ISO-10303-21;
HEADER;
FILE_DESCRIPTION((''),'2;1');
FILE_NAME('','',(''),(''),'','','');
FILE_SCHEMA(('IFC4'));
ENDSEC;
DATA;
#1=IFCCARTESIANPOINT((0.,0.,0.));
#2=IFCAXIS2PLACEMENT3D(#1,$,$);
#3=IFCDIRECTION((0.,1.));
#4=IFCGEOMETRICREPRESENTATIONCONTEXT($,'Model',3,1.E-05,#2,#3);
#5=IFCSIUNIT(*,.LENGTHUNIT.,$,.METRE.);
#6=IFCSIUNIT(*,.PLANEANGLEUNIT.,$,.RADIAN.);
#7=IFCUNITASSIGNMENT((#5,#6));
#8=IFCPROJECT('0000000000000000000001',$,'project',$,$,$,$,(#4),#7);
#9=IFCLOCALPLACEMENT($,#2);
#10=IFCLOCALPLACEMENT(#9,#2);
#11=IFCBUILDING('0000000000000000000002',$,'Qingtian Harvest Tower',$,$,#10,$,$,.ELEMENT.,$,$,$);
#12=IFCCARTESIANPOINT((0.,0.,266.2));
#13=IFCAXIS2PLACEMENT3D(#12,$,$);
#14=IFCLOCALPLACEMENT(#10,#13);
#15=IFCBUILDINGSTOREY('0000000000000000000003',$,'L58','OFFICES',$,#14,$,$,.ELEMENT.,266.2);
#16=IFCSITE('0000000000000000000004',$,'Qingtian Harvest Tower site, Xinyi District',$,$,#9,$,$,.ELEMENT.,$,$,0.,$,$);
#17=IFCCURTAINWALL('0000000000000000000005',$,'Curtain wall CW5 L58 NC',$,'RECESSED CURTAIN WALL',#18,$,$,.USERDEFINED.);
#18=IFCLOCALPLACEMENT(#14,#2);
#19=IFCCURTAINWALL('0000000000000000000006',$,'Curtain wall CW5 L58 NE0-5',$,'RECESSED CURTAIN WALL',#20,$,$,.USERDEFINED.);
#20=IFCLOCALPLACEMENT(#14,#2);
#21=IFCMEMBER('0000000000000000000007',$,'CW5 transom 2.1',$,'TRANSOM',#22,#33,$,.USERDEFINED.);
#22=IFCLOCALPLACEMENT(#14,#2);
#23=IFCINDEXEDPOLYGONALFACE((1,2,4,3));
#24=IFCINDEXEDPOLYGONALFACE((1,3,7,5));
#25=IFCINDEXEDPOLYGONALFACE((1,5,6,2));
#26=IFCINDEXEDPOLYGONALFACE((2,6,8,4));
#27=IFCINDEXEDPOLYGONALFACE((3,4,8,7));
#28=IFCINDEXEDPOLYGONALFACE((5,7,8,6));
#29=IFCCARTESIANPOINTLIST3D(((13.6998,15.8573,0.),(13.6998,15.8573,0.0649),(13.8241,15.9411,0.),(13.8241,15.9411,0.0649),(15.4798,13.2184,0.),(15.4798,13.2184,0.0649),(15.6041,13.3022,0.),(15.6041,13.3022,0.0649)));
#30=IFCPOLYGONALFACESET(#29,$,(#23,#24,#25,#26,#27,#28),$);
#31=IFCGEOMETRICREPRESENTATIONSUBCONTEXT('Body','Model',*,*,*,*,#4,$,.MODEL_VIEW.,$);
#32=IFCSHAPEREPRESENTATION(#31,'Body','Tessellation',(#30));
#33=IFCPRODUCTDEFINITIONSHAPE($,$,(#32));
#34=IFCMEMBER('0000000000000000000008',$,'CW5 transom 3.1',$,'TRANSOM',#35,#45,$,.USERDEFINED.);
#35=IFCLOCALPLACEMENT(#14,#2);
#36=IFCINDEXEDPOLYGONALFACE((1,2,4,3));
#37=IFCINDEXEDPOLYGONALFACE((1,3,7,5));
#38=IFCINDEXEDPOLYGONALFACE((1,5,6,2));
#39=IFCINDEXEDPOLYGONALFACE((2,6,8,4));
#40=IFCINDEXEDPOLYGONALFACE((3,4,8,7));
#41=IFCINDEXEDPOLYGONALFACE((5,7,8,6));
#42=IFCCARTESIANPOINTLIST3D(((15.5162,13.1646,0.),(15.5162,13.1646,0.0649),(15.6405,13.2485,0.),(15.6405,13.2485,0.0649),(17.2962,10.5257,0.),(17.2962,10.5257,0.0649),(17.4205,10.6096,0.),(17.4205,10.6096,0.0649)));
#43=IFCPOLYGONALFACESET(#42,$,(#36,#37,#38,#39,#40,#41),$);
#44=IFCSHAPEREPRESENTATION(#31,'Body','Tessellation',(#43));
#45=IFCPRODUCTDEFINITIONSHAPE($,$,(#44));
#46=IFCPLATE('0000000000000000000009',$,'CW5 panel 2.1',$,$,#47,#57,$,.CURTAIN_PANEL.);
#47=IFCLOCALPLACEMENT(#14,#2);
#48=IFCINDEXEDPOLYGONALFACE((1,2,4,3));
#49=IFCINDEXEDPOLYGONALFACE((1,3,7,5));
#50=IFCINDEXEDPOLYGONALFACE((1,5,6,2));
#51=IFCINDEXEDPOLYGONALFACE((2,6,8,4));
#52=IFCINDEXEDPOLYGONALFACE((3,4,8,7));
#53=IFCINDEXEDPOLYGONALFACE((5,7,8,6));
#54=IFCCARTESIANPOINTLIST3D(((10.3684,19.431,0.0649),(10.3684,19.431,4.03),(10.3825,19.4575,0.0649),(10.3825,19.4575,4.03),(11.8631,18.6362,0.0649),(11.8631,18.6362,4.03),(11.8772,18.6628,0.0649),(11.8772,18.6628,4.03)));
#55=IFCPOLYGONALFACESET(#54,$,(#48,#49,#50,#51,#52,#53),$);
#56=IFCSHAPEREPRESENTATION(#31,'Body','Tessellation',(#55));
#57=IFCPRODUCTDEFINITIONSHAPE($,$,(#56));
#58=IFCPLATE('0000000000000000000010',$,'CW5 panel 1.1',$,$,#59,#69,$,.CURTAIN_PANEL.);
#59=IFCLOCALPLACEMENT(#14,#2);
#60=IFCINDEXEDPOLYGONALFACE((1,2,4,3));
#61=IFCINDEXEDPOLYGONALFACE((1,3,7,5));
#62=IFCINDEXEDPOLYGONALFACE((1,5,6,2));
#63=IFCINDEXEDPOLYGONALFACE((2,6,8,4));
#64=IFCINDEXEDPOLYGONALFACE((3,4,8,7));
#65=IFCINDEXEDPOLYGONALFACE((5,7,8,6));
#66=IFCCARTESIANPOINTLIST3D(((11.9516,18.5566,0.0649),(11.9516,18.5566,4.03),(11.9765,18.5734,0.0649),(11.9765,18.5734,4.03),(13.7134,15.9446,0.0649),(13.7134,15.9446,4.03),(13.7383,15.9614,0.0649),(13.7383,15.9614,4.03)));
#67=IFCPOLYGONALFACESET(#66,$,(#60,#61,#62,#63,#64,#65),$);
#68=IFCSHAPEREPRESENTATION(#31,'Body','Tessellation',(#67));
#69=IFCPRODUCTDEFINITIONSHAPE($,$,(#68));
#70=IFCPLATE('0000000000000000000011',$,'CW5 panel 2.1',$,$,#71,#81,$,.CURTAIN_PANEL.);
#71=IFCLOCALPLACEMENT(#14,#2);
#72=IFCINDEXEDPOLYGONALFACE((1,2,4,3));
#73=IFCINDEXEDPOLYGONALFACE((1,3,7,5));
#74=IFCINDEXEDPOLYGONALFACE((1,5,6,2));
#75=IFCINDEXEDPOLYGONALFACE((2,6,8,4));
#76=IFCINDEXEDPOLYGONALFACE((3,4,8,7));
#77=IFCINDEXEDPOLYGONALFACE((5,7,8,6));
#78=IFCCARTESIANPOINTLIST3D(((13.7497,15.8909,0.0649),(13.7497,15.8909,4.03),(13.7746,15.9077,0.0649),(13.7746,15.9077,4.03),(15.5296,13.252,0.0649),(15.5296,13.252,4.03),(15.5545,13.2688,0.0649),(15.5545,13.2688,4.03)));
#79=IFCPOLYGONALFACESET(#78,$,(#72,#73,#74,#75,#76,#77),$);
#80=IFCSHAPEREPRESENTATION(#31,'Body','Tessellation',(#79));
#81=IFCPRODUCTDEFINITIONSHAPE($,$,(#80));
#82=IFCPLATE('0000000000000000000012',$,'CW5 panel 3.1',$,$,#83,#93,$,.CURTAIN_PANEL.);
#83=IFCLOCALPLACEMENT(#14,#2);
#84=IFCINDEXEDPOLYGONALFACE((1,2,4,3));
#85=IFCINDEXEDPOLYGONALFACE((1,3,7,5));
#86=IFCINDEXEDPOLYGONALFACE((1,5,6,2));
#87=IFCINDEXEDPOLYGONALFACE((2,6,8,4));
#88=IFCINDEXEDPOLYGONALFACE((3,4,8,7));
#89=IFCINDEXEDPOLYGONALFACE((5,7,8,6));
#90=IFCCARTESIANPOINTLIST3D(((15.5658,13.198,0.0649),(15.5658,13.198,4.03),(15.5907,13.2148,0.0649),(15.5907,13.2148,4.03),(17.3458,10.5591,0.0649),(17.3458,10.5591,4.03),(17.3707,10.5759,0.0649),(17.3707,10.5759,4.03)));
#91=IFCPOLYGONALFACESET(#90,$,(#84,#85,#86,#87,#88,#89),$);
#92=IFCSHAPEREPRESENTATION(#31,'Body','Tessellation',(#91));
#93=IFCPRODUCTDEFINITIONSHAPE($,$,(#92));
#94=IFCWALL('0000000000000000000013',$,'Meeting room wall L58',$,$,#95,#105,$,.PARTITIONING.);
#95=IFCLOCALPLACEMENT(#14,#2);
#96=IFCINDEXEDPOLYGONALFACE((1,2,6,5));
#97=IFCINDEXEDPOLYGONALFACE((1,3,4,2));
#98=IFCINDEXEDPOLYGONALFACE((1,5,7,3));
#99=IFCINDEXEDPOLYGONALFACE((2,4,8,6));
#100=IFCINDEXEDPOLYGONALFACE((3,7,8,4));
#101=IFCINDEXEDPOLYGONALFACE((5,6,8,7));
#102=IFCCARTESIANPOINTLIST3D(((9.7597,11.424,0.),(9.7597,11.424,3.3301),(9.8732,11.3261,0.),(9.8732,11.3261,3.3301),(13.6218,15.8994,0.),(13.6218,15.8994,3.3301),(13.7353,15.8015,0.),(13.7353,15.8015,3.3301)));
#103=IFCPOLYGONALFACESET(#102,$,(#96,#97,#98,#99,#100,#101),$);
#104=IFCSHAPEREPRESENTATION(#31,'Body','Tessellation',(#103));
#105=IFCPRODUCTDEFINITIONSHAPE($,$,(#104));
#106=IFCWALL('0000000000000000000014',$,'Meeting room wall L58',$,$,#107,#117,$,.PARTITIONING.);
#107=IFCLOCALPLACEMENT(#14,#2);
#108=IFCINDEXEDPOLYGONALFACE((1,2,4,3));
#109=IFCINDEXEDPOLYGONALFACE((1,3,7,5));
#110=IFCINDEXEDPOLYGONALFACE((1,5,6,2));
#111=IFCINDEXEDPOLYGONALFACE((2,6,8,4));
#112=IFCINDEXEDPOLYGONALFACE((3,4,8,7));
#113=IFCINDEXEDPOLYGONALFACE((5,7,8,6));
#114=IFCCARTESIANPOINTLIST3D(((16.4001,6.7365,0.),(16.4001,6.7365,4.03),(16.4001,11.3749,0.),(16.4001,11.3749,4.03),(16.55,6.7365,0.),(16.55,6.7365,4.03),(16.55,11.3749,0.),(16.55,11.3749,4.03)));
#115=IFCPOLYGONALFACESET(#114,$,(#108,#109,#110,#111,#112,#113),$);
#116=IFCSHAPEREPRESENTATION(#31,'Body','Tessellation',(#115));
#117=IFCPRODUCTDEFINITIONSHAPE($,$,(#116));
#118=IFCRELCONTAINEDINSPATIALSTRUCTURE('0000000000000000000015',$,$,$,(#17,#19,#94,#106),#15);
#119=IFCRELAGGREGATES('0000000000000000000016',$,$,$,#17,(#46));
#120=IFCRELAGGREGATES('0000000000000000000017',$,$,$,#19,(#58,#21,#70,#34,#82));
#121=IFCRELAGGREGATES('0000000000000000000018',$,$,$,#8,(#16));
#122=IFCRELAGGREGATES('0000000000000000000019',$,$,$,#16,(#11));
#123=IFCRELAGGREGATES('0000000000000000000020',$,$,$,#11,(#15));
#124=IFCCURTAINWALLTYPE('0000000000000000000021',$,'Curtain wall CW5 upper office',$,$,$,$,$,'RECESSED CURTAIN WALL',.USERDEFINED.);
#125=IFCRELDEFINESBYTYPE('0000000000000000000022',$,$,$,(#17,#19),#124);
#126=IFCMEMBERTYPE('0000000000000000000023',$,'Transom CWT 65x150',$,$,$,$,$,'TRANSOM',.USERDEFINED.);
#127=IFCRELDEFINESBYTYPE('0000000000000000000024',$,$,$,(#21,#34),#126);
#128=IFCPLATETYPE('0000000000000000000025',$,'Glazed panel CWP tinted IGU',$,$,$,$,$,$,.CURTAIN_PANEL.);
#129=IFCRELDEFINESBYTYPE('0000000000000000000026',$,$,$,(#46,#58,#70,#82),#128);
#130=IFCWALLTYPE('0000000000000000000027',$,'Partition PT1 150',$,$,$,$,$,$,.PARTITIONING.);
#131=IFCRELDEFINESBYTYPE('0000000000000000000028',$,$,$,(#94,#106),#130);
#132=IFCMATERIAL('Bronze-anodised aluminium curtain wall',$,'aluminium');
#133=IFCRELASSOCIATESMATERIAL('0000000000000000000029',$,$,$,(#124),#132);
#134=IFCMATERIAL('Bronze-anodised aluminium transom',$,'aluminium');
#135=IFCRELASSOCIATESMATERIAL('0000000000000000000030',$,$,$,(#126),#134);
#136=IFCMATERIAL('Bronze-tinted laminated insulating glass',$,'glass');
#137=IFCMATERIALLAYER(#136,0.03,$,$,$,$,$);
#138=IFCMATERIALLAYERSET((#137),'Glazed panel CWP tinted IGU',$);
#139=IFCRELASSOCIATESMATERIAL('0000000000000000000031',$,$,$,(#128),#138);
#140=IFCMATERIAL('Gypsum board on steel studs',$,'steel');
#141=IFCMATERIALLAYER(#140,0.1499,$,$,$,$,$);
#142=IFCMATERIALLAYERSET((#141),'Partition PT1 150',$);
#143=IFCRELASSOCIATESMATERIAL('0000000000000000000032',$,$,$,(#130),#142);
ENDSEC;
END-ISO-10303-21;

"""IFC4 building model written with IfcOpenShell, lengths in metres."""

from ifc_helpers import new_model, si_unit, direction, frame, frame_2d, origin, origin_2d, place, context, subcontext, project, spatial, rectangle, extrude, material, layer, layer_set, material_profile, profile_set, type_object, element, aggregate, save


model = new_model("IFC4")

# Units and contexts
model_context = context("Model", 3, precision=1e-05, world=origin(), true_north=direction((0.0, 1.0)))
body_context = subcontext(model_context, "Body", "Model", "MODEL_VIEW")
ifc_project = project(units=[si_unit("LENGTHUNIT", "METRE"), si_unit("PLANEANGLEUNIT", "RADIAN")], contexts=[model_context])

# Site, building, storey
site_placement = place(None, origin())
site = spatial("IfcSite", under=ifc_project, at=site_placement, Name="Qingtian Harvest Tower site, Xinyi District", CompositionType="ELEMENT", RefElevation=0.0)
building_placement = place(site_placement, origin())
building = spatial("IfcBuilding", under=site, at=building_placement, Name="Qingtian Harvest Tower", CompositionType="ELEMENT")
storey_placement = place(building_placement, frame((0.0, 0.0, 266.2)))
storey = spatial("IfcBuildingStorey", under=building, at=storey_placement, Name="L58", Description="OFFICES", CompositionType="ELEMENT", Elevation=266.2)

# Curtain walls
ifc_material_1 = material(Name="Bronze-anodised aluminium curtain wall", Category="aluminium")
curtain_wall_type = type_object("IfcCurtainWallType", Name="Curtain wall CW5 upper office", ElementType="RECESSED CURTAIN WALL", PredefinedType="USERDEFINED", material=ifc_material_1)
curtain_wall_1_placement = place(storey_placement, origin())
curtain_wall_1 = element("IfcCurtainWall", 1, at=curtain_wall_1_placement, inside=storey, type_object=curtain_wall_type, Name="Curtain wall CW5 L58 NC", ObjectType="RECESSED CURTAIN WALL", PredefinedType="USERDEFINED")
curtain_wall_2_placement = place(storey_placement, origin())
curtain_wall_2 = element("IfcCurtainWall", 2, at=curtain_wall_2_placement, inside=storey, type_object=curtain_wall_type, Name="Curtain wall CW5 L58 NE0-5", ObjectType="RECESSED CURTAIN WALL", PredefinedType="USERDEFINED")

# Members
ifc_material_2 = material(Name="Bronze-anodised aluminium transom", Category="aluminium")
ifc_material_profile_1 = material_profile(ifc_material_2, rectangle(XDim=0.1499, YDim=0.0649, at=origin_2d()), Name="AL 65x150")
ifc_profile_set_1 = profile_set([ifc_material_profile_1], Name="Bronze-anodised aluminium transom")
member_type_1 = type_object("IfcMemberType", Name="Transom CWT 65x150", ElementType="TRANSOM", PredefinedType="USERDEFINED", material=ifc_profile_set_1)
member_1_placement = place(storey_placement, frame((13.762, 15.8992, 0.0325), z_axis=(0.559205, -0.829029, 0.0), x_axis=(0.829029, 0.559205, 0.0)))
member_1 = element("IfcMember", 3, at=member_1_placement, type_object=member_type_1, Name="CW5 transom 2.1", ObjectType="TRANSOM", PredefinedType="USERDEFINED", context=body_context, shape_type="SweptSolid", body=[
    extrude(rectangle(XDim=0.1499, YDim=0.0649, at=origin_2d()), origin(), (0.0, 0.0, 1.0), 3.1831),
])
member_2_placement = place(storey_placement, frame((15.5784, 13.2065, 0.0325), z_axis=(0.559205, -0.829029, 0.0), x_axis=(0.829029, 0.559205, 0.0)))
member_2 = element("IfcMember", 4, at=member_2_placement, type_object=member_type_1, Name="CW5 transom 3.1", ObjectType="TRANSOM", PredefinedType="USERDEFINED", context=body_context, shape_type="SweptSolid", body=[
    extrude(rectangle(XDim=0.1499, YDim=0.0649, at=origin_2d()), origin(), (0.0, 0.0, 1.0), 3.1831),
])

# Plates
ifc_material_3 = material(Name="Bronze-tinted laminated insulating glass", Category="glass")
ifc_layer_1 = layer(ifc_material_3, 0.03)
ifc_layer_set_1 = layer_set([ifc_layer_1], Name="Glazed panel CWP tinted IGU")
plate_type = type_object("IfcPlateType", Name="Glazed panel CWP tinted IGU", PredefinedType="CURTAIN_PANEL", material=ifc_layer_set_1)
plate_1_placement = place(storey_placement, frame((11.1228, 19.0469, 0.0649), z_axis=(0.0, 0.0, 1.0), x_axis=(0.882948, -0.469472, 0.0)))
plate_1 = element("IfcPlate", 5, at=plate_1_placement, type_object=plate_type, Name="CW5 panel 2.1", PredefinedType="CURTAIN_PANEL", context=body_context, shape_type="SweptSolid", body=[
    extrude(rectangle(XDim=1.6929, YDim=0.03, at=origin_2d()), origin(), (0.0, 0.0, 1.0), 3.9651),
])
aggregate(curtain_wall_1, [plate_1])
plate_2_placement = place(storey_placement, frame((12.845, 17.259, 0.0649), z_axis=(0.0, 0.0, 1.0), x_axis=(0.559193, -0.829038, 0.0)))
plate_2 = element("IfcPlate", 6, at=plate_2_placement, type_object=plate_type, Name="CW5 panel 1.1", PredefinedType="CURTAIN_PANEL", context=body_context, shape_type="SweptSolid", body=[
    extrude(rectangle(XDim=3.1506, YDim=0.03, at=origin_2d()), origin(), (0.0, 0.0, 1.0), 3.9651),
])
plate_3_placement = place(storey_placement, frame((14.6521, 14.5798, 0.0649), z_axis=(0.0, 0.0, 1.0), x_axis=(0.559193, -0.829038, 0.0)))
plate_3 = element("IfcPlate", 7, at=plate_3_placement, type_object=plate_type, Name="CW5 panel 2.1", PredefinedType="CURTAIN_PANEL", context=body_context, shape_type="SweptSolid", body=[
    extrude(rectangle(XDim=3.1831, YDim=0.03, at=origin_2d()), origin(), (0.0, 0.0, 1.0), 3.9651),
])
plate_4_placement = place(storey_placement, frame((16.4683, 11.887, 0.0649), z_axis=(0.0, 0.0, 1.0), x_axis=(0.559193, -0.829038, 0.0)))
plate_4 = element("IfcPlate", 8, at=plate_4_placement, type_object=plate_type, Name="CW5 panel 3.1", PredefinedType="CURTAIN_PANEL", context=body_context, shape_type="SweptSolid", body=[
    extrude(rectangle(XDim=3.1831, YDim=0.03, at=origin_2d()), origin(), (0.0, 0.0, 1.0), 3.9651),
])
aggregate(curtain_wall_2, [plate_2, member_1, plate_3, member_2, plate_4])

# Walls
ifc_material_4 = material(Name="Gypsum board on steel studs", Category="steel")
ifc_layer_2 = layer(ifc_material_4, 0.1499)
ifc_layer_set_2 = layer_set([ifc_layer_2], Name="Partition PT1 150")
wall_type = type_object("IfcWallType", Name="Partition PT1 150", PredefinedType="PARTITIONING", material=ifc_layer_set_2)
wall_1_placement = place(storey_placement, frame((13.6785, 15.8503, 0.0), z_axis=(0.0, 0.0, 1.0), x_axis=(-0.653328, -0.757075, 0.0)))
element("IfcWall", 9, at=wall_1_placement, inside=storey, type_object=wall_type, Name="Meeting room wall L58", PredefinedType="PARTITIONING", context=body_context, shape_type="SweptSolid", body=[
    extrude(rectangle(XDim=5.9114, YDim=0.1499, at=frame_2d((2.9556, 0.0))), origin(), (0.0, 0.0, 1.0), 3.3301),
])
wall_2_placement = place(storey_placement, frame((16.4751, 11.375, 0.0), z_axis=(0.0, 0.0, 1.0), x_axis=(0.0, -1.0, 0.0)))
element("IfcWall", 10, at=wall_2_placement, inside=storey, type_object=wall_type, Name="Meeting room wall L58", PredefinedType="PARTITIONING", context=body_context, shape_type="SweptSolid", body=[
    extrude(rectangle(XDim=4.6384, YDim=0.1499, at=frame_2d((2.3193, 0.0))), origin(), (0.0, 0.0, 1.0), 4.03),
])

save(model, "model.ifc")
